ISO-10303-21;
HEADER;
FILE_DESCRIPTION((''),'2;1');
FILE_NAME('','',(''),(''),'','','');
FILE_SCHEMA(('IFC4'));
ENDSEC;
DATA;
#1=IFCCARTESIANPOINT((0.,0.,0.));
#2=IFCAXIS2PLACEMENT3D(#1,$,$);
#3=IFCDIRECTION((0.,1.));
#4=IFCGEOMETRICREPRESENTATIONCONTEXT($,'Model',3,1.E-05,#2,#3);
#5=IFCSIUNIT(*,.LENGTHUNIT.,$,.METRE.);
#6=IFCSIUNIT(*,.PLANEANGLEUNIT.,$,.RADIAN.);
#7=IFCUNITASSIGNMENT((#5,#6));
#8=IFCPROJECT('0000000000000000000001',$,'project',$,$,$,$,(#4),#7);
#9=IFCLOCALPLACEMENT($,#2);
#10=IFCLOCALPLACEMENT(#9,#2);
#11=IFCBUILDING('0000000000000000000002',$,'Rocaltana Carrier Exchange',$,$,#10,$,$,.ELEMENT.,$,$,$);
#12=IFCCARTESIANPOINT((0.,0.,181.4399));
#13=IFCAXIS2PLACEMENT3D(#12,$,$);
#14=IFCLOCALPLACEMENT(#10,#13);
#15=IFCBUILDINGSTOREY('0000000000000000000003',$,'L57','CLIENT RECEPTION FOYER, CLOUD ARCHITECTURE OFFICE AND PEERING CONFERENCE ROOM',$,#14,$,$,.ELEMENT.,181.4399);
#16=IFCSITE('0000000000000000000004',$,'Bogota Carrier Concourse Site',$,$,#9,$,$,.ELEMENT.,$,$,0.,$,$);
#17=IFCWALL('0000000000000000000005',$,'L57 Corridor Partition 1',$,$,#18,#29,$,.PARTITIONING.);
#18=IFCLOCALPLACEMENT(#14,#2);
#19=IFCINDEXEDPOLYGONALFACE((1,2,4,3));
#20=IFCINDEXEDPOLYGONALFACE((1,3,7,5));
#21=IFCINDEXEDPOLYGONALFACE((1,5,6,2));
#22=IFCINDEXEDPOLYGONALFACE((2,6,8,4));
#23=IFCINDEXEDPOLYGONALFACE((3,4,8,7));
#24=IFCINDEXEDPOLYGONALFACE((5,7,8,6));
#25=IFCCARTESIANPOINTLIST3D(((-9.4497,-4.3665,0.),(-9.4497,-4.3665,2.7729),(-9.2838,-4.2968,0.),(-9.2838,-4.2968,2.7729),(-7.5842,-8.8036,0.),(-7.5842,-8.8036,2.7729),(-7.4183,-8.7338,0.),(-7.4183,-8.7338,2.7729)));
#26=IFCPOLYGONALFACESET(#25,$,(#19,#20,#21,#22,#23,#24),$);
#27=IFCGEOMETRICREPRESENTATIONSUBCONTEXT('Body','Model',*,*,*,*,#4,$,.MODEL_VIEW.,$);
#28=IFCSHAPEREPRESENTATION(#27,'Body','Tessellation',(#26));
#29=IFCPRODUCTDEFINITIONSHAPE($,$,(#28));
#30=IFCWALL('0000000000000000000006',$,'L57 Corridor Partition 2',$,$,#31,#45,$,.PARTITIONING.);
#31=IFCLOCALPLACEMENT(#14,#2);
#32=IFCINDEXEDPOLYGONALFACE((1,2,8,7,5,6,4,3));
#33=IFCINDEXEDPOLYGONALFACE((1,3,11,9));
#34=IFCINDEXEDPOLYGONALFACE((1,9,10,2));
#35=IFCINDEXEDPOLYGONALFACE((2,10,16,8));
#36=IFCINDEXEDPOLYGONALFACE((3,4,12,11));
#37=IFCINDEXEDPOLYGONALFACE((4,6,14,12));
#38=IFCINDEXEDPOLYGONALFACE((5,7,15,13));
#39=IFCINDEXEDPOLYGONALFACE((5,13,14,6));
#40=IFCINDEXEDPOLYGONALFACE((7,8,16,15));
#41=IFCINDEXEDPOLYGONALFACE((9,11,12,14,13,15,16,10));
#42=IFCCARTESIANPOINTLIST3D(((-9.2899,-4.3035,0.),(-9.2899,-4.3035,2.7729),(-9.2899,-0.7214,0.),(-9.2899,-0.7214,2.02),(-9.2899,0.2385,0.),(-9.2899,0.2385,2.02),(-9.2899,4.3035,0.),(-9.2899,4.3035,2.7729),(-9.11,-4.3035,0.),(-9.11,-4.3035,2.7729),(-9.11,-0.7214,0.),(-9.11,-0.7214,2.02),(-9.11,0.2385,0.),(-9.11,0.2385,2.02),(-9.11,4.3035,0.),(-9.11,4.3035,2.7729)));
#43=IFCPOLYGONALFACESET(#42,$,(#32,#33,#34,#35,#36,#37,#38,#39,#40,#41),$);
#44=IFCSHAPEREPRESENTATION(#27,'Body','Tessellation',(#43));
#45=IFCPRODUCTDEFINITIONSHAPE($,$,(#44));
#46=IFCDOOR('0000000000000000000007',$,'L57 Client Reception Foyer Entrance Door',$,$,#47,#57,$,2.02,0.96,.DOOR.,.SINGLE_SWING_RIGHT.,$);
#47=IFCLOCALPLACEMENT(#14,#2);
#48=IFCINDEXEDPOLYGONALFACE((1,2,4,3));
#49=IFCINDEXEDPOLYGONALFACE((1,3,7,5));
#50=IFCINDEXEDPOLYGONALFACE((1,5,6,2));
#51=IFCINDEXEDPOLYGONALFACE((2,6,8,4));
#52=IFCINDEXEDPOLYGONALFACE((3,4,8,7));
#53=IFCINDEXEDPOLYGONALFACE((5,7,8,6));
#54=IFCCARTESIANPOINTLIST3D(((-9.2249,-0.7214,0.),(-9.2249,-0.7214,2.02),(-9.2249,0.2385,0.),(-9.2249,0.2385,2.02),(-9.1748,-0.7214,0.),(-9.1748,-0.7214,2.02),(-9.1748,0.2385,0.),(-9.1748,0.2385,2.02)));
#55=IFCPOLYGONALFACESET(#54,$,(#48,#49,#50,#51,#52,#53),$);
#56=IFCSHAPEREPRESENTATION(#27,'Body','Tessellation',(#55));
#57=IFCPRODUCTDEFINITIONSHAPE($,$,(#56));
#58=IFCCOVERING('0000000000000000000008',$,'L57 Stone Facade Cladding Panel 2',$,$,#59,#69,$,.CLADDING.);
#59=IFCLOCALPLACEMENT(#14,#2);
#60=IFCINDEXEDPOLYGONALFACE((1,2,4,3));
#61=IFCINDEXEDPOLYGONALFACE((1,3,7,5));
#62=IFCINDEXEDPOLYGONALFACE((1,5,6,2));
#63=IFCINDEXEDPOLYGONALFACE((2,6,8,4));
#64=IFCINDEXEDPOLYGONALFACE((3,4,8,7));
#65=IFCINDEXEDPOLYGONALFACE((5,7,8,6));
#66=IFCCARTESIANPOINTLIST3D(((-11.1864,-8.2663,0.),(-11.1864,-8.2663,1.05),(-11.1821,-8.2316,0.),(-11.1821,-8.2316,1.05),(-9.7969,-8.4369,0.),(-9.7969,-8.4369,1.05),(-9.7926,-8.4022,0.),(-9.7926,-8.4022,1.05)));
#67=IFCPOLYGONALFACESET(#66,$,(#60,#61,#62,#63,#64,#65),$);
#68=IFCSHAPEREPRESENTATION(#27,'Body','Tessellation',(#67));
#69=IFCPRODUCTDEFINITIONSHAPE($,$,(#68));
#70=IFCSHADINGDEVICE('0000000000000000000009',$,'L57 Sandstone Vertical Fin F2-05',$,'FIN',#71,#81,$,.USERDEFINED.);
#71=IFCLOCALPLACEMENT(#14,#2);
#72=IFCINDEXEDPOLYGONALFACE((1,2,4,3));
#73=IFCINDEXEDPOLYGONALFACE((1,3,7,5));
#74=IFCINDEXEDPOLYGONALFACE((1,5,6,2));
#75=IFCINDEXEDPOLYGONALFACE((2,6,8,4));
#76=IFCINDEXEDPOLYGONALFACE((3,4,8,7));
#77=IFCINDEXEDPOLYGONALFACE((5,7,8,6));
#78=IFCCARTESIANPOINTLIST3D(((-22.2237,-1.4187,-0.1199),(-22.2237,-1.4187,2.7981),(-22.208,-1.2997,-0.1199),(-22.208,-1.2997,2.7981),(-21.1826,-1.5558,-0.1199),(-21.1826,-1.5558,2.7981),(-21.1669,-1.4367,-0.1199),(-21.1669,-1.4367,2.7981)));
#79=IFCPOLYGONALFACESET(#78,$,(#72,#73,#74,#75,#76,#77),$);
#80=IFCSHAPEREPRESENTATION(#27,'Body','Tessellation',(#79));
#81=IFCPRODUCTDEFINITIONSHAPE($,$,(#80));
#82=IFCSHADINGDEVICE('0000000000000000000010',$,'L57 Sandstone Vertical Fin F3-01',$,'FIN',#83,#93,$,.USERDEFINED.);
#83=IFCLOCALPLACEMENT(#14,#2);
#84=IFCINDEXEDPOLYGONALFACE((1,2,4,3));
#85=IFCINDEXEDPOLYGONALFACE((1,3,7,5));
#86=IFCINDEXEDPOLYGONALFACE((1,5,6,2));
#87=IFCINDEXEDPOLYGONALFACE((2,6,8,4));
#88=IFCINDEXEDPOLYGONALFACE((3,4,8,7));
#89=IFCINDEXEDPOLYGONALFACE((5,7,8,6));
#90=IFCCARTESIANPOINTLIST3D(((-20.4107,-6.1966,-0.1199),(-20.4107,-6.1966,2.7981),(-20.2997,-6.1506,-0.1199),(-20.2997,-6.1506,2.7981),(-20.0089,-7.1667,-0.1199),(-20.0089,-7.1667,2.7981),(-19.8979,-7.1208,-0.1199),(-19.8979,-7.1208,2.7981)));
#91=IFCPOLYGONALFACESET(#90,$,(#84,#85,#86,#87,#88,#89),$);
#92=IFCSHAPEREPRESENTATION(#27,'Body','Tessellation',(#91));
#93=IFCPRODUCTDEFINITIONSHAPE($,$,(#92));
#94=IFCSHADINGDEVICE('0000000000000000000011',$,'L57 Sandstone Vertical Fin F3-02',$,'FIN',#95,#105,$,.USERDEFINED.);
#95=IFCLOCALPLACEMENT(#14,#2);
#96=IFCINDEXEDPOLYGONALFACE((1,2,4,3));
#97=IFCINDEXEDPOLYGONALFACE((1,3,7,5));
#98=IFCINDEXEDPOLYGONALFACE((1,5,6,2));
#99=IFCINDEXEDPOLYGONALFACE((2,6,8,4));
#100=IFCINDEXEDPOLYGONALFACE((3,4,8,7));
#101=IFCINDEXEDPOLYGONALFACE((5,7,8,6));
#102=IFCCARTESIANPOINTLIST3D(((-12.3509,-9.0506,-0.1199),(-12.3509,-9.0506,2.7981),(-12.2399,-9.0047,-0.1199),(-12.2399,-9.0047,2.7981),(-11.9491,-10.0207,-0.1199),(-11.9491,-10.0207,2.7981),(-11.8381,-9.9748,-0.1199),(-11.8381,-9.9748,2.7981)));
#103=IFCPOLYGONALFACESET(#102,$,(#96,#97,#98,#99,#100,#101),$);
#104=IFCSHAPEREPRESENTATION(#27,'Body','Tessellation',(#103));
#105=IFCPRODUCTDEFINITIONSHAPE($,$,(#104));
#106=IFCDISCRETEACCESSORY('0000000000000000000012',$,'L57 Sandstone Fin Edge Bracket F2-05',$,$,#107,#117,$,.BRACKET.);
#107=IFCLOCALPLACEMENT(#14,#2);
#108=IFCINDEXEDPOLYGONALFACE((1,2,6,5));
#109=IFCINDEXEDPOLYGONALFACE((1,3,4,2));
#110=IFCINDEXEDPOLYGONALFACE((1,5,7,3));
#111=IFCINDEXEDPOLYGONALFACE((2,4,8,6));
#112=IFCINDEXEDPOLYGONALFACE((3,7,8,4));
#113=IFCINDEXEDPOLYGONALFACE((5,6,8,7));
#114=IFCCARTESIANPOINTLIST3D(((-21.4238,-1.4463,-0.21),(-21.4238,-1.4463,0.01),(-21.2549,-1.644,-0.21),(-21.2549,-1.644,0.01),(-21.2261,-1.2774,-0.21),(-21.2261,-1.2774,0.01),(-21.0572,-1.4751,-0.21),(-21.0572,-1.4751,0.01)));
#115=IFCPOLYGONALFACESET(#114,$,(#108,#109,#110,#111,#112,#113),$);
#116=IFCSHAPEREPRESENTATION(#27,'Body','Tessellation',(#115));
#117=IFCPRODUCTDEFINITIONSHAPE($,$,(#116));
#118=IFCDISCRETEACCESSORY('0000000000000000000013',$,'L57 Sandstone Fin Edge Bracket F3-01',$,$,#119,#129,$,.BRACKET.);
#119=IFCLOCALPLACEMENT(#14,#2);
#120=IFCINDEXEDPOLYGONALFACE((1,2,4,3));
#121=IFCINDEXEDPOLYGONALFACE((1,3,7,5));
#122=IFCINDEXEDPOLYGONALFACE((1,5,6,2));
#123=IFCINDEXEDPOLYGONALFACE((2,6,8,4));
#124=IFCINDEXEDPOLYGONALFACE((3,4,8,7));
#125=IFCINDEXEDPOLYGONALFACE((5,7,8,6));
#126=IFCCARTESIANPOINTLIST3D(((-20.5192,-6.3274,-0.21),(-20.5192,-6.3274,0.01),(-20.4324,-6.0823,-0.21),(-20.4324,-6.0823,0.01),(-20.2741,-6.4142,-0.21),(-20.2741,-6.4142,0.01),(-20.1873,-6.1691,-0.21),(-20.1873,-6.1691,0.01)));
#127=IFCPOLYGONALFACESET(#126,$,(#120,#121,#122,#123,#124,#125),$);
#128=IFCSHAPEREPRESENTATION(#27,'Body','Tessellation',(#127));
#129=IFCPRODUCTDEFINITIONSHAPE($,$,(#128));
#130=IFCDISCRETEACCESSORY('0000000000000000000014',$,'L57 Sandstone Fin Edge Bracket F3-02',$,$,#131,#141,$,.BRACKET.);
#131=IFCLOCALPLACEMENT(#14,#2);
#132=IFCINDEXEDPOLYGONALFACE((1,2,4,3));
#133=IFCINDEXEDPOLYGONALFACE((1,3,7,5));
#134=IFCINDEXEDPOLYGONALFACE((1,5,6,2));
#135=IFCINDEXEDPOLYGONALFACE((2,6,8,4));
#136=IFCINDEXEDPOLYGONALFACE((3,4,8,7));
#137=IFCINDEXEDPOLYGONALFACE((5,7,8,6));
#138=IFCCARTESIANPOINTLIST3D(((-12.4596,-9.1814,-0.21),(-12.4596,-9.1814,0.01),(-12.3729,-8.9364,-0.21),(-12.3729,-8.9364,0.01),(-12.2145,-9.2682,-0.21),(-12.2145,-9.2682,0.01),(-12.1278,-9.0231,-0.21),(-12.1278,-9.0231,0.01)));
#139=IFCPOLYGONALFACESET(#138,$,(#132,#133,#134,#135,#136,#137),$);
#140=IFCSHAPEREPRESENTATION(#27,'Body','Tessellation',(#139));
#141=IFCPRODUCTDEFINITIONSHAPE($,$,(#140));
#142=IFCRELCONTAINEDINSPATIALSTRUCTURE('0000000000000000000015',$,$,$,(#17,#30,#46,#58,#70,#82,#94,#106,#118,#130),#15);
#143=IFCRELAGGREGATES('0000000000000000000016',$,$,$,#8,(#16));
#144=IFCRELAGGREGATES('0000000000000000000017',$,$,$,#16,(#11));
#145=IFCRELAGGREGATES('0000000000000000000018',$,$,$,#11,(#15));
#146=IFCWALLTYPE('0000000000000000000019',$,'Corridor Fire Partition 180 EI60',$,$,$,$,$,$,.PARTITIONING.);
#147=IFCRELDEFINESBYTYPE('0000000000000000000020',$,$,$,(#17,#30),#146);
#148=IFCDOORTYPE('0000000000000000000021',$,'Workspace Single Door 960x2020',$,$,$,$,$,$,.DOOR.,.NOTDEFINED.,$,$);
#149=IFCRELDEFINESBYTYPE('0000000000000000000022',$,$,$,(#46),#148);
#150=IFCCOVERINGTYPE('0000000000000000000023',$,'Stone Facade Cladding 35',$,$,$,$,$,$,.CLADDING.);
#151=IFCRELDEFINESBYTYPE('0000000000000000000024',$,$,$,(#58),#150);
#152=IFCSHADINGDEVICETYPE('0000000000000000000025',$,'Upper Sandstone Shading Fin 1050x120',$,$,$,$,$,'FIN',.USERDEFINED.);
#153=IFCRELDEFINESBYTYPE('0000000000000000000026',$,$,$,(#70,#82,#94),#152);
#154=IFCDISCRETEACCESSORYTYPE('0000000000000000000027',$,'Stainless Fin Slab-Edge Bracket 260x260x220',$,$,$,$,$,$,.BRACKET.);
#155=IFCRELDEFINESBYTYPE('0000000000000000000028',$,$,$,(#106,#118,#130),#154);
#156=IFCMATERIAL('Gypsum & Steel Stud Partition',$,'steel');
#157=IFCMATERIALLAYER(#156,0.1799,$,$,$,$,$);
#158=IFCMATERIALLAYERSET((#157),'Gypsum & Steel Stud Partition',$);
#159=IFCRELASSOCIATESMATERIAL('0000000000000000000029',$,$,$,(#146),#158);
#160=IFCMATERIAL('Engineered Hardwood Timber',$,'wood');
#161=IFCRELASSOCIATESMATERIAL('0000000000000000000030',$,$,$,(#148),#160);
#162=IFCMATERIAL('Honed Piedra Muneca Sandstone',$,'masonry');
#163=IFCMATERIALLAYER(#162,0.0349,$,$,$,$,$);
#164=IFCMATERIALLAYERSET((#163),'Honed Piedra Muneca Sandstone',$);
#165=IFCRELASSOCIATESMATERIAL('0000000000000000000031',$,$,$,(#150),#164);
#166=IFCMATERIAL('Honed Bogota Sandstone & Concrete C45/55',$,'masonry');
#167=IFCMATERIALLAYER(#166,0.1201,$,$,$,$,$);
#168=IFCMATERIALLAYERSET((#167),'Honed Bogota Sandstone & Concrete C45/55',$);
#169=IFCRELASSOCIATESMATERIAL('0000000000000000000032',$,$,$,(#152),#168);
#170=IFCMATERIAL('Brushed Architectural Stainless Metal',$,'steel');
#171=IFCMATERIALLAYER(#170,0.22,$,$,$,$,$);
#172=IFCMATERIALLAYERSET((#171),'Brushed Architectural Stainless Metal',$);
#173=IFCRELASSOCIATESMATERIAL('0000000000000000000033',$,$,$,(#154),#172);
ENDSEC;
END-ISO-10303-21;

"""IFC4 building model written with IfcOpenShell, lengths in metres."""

from ifc_helpers import new_model, si_unit, direction, frame, frame_2d, origin, origin_2d, place, context, subcontext, project, spatial, rectangle, extrude, material, layer, layer_set, type_object, element, fill, save


model = new_model("IFC4")

# Units and contexts
model_context = context("Model", 3, precision=1e-05, world=origin(), true_north=direction((0.0, 1.0)))
body_context = subcontext(model_context, "Body", "Model", "MODEL_VIEW")
ifc_project = project(units=[si_unit("LENGTHUNIT", "METRE"), si_unit("PLANEANGLEUNIT", "RADIAN")], contexts=[model_context])

# Site, building, storey
site_placement = place(None, origin())
site = spatial("IfcSite", under=ifc_project, at=site_placement, Name="Bogota Carrier Concourse Site", CompositionType="ELEMENT", RefElevation=0.0)
building_placement = place(site_placement, origin())
building = spatial("IfcBuilding", under=site, at=building_placement, Name="Rocaltana Carrier Exchange", CompositionType="ELEMENT")
storey_placement = place(building_placement, frame((0.0, 0.0, 181.4399)))
storey = spatial("IfcBuildingStorey", under=building, at=storey_placement, Name="L57", Description="CLIENT RECEPTION FOYER, CLOUD ARCHITECTURE OFFICE AND PEERING CONFERENCE ROOM", CompositionType="ELEMENT", Elevation=181.4399)

# Wall
ifc_material_1 = material(Name="Gypsum & Steel Stud Partition", Category="steel")
ifc_layer_1 = layer(ifc_material_1, 0.1799)
ifc_layer_set_1 = layer_set([ifc_layer_1], Name="Gypsum & Steel Stud Partition")
wall_type_1 = type_object("IfcWallType", Name="Corridor Fire Partition 180 EI60", PredefinedType="PARTITIONING", material=ifc_layer_set_1)
wall_1_placement = place(storey_placement, frame((-7.5012, -8.7688, 0.0), z_axis=(0.0, 0.0, 1.0), x_axis=(-0.387574, 0.921839, 0.0)))
element("IfcWall", 1, at=wall_1_placement, inside=storey, type_object=wall_type_1, Name="L57 Corridor Partition 1", PredefinedType="PARTITIONING", context=body_context, shape_type="SweptSolid", body=[
    extrude(rectangle(XDim=4.8132, YDim=0.1799, at=frame_2d((2.4067, 0.0))), origin(), (0.0, 0.0, 1.0), 2.7729),
])

# Wall, opening, door
wall_2_placement = place(storey_placement, frame((-9.2, -4.3035, 0.0), z_axis=(0.0, 0.0, 1.0), x_axis=(0.0, 1.0, 0.0)))
wall_2 = element("IfcWall", 2, at=wall_2_placement, inside=storey, type_object=wall_type_1, Name="L57 Corridor Partition 2", PredefinedType="PARTITIONING", context=body_context, shape_type="SweptSolid", body=[
    extrude(rectangle(XDim=8.6069, YDim=0.1799, at=frame_2d((4.3035, 0.0))), origin(), (0.0, 0.0, 1.0), 2.7729),
])
opening_placement = place(wall_2_placement, frame((3.582, 0.0, 0.0)))
opening = element("IfcOpeningElement", 3, at=opening_placement, cuts=wall_2, PredefinedType="OPENING", context=body_context, shape_type="SweptSolid", body=[
    extrude(rectangle(XDim=0.96, YDim=2.02, at=frame_2d((0.48, 1.01))), frame((0.0, 0.0999, 0.0), z_axis=(0.0, -1.0, 0.0), x_axis=(1.0, 0.0, 0.0)), (0.0, 0.0, 1.0), 0.2),
])
ifc_material_2 = material(Name="Engineered Hardwood Timber", Category="wood")
door_type = type_object("IfcDoorType", Name="Workspace Single Door 960x2020", OperationType="NOTDEFINED", PredefinedType="DOOR", material=ifc_material_2)
door_placement = place(opening_placement, origin())
door = element("IfcDoor", 4, at=door_placement, inside=storey, type_object=door_type, Name="L57 Client Reception Foyer Entrance Door", OperationType="SINGLE_SWING_RIGHT", OverallHeight=2.02, OverallWidth=0.96, PredefinedType="DOOR", context=body_context, shape_type="SweptSolid", body=[
    extrude(rectangle(XDim=0.96, YDim=2.02, at=frame_2d((0.48, 1.01))), frame((0.0, 0.0249, 0.0), z_axis=(0.0, -1.0, 0.0), x_axis=(1.0, 0.0, 0.0)), (0.0, 0.0, 1.0), 0.05),
])
fill(opening, door)

# Covering
ifc_material_3 = material(Name="Honed Piedra Muneca Sandstone", Category="masonry")
ifc_layer_2 = layer(ifc_material_3, 0.0349)
ifc_layer_set_2 = layer_set([ifc_layer_2], Name="Honed Piedra Muneca Sandstone")
covering_type = type_object("IfcCoveringType", Name="Stone Facade Cladding 35", PredefinedType="CLADDING", material=ifc_layer_set_2)
covering_placement = place(storey_placement, frame((-10.4895, -8.3342, 0.0), z_axis=(0.0, 0.0, 1.0), x_axis=(-0.992546, 0.121869, 0.0)))
element("IfcCovering", 5, at=covering_placement, inside=storey, type_object=covering_type, Name="L57 Stone Facade Cladding Panel 2", PredefinedType="CLADDING", context=body_context, shape_type="SweptSolid", body=[
    extrude(rectangle(XDim=1.3999, YDim=0.0349, at=origin_2d()), origin(), (0.0, 0.0, 1.0), 1.05),
])

# Shading devices
ifc_material_4 = material(Name="Honed Bogota Sandstone & Concrete C45/55", Category="masonry")
ifc_layer_3 = layer(ifc_material_4, 0.1201)
ifc_layer_set_3 = layer_set([ifc_layer_3], Name="Honed Bogota Sandstone & Concrete C45/55")
shading_device_type = type_object("IfcShadingDeviceType", Name="Upper Sandstone Shading Fin 1050x120", ElementType="FIN", PredefinedType="USERDEFINED", material=ifc_layer_set_3)
for number, where, z_axis, x_axis, name in (
    (6, (-21.6953, -1.4277, -0.1199), (0.0, 0.0, 1.0), (-0.991445, 0.130526, 0.0), "L57 Sandstone Vertical Fin F2-05"),
    (7, (-20.1543, -6.6587, -0.1199), (0.0, 0.0, 1.0), (0.382683, -0.92388, 0.0), "L57 Sandstone Vertical Fin F3-01"),
    (8, (-12.0945, -9.5127, -0.1199), (0.0, 0.0, 1.0), (0.382683, -0.92388, 0.0), "L57 Sandstone Vertical Fin F3-02"),
):
    element("IfcShadingDevice", number, at=place(storey_placement, frame(where, z_axis=z_axis, x_axis=x_axis)), inside=storey, type_object=shading_device_type, Name=name, ObjectType="FIN", PredefinedType="USERDEFINED", context=body_context, shape_type="SweptSolid", body=[
        extrude(rectangle(XDim=1.05, YDim=0.1201, at=origin_2d()), origin(), (0.0, 0.0, 1.0), 2.918),
    ])

# Discrete accessories
ifc_material_5 = material(Name="Brushed Architectural Stainless Metal", Category="steel")
ifc_layer_4 = layer(ifc_material_5, 0.22)
ifc_layer_set_4 = layer_set([ifc_layer_4], Name="Brushed Architectural Stainless Metal")
discrete_accessory_type = type_object("IfcDiscreteAccessoryType", Name="Stainless Fin Slab-Edge Bracket 260x260x220", PredefinedType="BRACKET", material=ifc_layer_set_4)
for number, where, z_axis, x_axis, name in (
    (9, (-21.2405, -1.4607, -0.21), (0.0, 0.0, 1.0), (-0.760406, -0.649448, 0.0), "L57 Sandstone Fin Edge Bracket F2-05"),
    (10, (-20.3533, -6.2483, -0.21), (0.0, 0.0, 1.0), (0.942641, -0.333807, 0.0), "L57 Sandstone Fin Edge Bracket F3-01"),
    (11, (-12.2937, -9.1023, -0.21), (0.0, 0.0, 1.0), (0.942641, -0.333807, 0.0), "L57 Sandstone Fin Edge Bracket F3-02"),
):
    element("IfcDiscreteAccessory", number, at=place(storey_placement, frame(where, z_axis=z_axis, x_axis=x_axis)), inside=storey, type_object=discrete_accessory_type, Name=name, PredefinedType="BRACKET", context=body_context, shape_type="SweptSolid", body=[
        extrude(rectangle(XDim=0.26, YDim=0.26, at=origin_2d()), origin(), (0.0, 0.0, 1.0), 0.22),
    ])

save(model, "model.ifc")
